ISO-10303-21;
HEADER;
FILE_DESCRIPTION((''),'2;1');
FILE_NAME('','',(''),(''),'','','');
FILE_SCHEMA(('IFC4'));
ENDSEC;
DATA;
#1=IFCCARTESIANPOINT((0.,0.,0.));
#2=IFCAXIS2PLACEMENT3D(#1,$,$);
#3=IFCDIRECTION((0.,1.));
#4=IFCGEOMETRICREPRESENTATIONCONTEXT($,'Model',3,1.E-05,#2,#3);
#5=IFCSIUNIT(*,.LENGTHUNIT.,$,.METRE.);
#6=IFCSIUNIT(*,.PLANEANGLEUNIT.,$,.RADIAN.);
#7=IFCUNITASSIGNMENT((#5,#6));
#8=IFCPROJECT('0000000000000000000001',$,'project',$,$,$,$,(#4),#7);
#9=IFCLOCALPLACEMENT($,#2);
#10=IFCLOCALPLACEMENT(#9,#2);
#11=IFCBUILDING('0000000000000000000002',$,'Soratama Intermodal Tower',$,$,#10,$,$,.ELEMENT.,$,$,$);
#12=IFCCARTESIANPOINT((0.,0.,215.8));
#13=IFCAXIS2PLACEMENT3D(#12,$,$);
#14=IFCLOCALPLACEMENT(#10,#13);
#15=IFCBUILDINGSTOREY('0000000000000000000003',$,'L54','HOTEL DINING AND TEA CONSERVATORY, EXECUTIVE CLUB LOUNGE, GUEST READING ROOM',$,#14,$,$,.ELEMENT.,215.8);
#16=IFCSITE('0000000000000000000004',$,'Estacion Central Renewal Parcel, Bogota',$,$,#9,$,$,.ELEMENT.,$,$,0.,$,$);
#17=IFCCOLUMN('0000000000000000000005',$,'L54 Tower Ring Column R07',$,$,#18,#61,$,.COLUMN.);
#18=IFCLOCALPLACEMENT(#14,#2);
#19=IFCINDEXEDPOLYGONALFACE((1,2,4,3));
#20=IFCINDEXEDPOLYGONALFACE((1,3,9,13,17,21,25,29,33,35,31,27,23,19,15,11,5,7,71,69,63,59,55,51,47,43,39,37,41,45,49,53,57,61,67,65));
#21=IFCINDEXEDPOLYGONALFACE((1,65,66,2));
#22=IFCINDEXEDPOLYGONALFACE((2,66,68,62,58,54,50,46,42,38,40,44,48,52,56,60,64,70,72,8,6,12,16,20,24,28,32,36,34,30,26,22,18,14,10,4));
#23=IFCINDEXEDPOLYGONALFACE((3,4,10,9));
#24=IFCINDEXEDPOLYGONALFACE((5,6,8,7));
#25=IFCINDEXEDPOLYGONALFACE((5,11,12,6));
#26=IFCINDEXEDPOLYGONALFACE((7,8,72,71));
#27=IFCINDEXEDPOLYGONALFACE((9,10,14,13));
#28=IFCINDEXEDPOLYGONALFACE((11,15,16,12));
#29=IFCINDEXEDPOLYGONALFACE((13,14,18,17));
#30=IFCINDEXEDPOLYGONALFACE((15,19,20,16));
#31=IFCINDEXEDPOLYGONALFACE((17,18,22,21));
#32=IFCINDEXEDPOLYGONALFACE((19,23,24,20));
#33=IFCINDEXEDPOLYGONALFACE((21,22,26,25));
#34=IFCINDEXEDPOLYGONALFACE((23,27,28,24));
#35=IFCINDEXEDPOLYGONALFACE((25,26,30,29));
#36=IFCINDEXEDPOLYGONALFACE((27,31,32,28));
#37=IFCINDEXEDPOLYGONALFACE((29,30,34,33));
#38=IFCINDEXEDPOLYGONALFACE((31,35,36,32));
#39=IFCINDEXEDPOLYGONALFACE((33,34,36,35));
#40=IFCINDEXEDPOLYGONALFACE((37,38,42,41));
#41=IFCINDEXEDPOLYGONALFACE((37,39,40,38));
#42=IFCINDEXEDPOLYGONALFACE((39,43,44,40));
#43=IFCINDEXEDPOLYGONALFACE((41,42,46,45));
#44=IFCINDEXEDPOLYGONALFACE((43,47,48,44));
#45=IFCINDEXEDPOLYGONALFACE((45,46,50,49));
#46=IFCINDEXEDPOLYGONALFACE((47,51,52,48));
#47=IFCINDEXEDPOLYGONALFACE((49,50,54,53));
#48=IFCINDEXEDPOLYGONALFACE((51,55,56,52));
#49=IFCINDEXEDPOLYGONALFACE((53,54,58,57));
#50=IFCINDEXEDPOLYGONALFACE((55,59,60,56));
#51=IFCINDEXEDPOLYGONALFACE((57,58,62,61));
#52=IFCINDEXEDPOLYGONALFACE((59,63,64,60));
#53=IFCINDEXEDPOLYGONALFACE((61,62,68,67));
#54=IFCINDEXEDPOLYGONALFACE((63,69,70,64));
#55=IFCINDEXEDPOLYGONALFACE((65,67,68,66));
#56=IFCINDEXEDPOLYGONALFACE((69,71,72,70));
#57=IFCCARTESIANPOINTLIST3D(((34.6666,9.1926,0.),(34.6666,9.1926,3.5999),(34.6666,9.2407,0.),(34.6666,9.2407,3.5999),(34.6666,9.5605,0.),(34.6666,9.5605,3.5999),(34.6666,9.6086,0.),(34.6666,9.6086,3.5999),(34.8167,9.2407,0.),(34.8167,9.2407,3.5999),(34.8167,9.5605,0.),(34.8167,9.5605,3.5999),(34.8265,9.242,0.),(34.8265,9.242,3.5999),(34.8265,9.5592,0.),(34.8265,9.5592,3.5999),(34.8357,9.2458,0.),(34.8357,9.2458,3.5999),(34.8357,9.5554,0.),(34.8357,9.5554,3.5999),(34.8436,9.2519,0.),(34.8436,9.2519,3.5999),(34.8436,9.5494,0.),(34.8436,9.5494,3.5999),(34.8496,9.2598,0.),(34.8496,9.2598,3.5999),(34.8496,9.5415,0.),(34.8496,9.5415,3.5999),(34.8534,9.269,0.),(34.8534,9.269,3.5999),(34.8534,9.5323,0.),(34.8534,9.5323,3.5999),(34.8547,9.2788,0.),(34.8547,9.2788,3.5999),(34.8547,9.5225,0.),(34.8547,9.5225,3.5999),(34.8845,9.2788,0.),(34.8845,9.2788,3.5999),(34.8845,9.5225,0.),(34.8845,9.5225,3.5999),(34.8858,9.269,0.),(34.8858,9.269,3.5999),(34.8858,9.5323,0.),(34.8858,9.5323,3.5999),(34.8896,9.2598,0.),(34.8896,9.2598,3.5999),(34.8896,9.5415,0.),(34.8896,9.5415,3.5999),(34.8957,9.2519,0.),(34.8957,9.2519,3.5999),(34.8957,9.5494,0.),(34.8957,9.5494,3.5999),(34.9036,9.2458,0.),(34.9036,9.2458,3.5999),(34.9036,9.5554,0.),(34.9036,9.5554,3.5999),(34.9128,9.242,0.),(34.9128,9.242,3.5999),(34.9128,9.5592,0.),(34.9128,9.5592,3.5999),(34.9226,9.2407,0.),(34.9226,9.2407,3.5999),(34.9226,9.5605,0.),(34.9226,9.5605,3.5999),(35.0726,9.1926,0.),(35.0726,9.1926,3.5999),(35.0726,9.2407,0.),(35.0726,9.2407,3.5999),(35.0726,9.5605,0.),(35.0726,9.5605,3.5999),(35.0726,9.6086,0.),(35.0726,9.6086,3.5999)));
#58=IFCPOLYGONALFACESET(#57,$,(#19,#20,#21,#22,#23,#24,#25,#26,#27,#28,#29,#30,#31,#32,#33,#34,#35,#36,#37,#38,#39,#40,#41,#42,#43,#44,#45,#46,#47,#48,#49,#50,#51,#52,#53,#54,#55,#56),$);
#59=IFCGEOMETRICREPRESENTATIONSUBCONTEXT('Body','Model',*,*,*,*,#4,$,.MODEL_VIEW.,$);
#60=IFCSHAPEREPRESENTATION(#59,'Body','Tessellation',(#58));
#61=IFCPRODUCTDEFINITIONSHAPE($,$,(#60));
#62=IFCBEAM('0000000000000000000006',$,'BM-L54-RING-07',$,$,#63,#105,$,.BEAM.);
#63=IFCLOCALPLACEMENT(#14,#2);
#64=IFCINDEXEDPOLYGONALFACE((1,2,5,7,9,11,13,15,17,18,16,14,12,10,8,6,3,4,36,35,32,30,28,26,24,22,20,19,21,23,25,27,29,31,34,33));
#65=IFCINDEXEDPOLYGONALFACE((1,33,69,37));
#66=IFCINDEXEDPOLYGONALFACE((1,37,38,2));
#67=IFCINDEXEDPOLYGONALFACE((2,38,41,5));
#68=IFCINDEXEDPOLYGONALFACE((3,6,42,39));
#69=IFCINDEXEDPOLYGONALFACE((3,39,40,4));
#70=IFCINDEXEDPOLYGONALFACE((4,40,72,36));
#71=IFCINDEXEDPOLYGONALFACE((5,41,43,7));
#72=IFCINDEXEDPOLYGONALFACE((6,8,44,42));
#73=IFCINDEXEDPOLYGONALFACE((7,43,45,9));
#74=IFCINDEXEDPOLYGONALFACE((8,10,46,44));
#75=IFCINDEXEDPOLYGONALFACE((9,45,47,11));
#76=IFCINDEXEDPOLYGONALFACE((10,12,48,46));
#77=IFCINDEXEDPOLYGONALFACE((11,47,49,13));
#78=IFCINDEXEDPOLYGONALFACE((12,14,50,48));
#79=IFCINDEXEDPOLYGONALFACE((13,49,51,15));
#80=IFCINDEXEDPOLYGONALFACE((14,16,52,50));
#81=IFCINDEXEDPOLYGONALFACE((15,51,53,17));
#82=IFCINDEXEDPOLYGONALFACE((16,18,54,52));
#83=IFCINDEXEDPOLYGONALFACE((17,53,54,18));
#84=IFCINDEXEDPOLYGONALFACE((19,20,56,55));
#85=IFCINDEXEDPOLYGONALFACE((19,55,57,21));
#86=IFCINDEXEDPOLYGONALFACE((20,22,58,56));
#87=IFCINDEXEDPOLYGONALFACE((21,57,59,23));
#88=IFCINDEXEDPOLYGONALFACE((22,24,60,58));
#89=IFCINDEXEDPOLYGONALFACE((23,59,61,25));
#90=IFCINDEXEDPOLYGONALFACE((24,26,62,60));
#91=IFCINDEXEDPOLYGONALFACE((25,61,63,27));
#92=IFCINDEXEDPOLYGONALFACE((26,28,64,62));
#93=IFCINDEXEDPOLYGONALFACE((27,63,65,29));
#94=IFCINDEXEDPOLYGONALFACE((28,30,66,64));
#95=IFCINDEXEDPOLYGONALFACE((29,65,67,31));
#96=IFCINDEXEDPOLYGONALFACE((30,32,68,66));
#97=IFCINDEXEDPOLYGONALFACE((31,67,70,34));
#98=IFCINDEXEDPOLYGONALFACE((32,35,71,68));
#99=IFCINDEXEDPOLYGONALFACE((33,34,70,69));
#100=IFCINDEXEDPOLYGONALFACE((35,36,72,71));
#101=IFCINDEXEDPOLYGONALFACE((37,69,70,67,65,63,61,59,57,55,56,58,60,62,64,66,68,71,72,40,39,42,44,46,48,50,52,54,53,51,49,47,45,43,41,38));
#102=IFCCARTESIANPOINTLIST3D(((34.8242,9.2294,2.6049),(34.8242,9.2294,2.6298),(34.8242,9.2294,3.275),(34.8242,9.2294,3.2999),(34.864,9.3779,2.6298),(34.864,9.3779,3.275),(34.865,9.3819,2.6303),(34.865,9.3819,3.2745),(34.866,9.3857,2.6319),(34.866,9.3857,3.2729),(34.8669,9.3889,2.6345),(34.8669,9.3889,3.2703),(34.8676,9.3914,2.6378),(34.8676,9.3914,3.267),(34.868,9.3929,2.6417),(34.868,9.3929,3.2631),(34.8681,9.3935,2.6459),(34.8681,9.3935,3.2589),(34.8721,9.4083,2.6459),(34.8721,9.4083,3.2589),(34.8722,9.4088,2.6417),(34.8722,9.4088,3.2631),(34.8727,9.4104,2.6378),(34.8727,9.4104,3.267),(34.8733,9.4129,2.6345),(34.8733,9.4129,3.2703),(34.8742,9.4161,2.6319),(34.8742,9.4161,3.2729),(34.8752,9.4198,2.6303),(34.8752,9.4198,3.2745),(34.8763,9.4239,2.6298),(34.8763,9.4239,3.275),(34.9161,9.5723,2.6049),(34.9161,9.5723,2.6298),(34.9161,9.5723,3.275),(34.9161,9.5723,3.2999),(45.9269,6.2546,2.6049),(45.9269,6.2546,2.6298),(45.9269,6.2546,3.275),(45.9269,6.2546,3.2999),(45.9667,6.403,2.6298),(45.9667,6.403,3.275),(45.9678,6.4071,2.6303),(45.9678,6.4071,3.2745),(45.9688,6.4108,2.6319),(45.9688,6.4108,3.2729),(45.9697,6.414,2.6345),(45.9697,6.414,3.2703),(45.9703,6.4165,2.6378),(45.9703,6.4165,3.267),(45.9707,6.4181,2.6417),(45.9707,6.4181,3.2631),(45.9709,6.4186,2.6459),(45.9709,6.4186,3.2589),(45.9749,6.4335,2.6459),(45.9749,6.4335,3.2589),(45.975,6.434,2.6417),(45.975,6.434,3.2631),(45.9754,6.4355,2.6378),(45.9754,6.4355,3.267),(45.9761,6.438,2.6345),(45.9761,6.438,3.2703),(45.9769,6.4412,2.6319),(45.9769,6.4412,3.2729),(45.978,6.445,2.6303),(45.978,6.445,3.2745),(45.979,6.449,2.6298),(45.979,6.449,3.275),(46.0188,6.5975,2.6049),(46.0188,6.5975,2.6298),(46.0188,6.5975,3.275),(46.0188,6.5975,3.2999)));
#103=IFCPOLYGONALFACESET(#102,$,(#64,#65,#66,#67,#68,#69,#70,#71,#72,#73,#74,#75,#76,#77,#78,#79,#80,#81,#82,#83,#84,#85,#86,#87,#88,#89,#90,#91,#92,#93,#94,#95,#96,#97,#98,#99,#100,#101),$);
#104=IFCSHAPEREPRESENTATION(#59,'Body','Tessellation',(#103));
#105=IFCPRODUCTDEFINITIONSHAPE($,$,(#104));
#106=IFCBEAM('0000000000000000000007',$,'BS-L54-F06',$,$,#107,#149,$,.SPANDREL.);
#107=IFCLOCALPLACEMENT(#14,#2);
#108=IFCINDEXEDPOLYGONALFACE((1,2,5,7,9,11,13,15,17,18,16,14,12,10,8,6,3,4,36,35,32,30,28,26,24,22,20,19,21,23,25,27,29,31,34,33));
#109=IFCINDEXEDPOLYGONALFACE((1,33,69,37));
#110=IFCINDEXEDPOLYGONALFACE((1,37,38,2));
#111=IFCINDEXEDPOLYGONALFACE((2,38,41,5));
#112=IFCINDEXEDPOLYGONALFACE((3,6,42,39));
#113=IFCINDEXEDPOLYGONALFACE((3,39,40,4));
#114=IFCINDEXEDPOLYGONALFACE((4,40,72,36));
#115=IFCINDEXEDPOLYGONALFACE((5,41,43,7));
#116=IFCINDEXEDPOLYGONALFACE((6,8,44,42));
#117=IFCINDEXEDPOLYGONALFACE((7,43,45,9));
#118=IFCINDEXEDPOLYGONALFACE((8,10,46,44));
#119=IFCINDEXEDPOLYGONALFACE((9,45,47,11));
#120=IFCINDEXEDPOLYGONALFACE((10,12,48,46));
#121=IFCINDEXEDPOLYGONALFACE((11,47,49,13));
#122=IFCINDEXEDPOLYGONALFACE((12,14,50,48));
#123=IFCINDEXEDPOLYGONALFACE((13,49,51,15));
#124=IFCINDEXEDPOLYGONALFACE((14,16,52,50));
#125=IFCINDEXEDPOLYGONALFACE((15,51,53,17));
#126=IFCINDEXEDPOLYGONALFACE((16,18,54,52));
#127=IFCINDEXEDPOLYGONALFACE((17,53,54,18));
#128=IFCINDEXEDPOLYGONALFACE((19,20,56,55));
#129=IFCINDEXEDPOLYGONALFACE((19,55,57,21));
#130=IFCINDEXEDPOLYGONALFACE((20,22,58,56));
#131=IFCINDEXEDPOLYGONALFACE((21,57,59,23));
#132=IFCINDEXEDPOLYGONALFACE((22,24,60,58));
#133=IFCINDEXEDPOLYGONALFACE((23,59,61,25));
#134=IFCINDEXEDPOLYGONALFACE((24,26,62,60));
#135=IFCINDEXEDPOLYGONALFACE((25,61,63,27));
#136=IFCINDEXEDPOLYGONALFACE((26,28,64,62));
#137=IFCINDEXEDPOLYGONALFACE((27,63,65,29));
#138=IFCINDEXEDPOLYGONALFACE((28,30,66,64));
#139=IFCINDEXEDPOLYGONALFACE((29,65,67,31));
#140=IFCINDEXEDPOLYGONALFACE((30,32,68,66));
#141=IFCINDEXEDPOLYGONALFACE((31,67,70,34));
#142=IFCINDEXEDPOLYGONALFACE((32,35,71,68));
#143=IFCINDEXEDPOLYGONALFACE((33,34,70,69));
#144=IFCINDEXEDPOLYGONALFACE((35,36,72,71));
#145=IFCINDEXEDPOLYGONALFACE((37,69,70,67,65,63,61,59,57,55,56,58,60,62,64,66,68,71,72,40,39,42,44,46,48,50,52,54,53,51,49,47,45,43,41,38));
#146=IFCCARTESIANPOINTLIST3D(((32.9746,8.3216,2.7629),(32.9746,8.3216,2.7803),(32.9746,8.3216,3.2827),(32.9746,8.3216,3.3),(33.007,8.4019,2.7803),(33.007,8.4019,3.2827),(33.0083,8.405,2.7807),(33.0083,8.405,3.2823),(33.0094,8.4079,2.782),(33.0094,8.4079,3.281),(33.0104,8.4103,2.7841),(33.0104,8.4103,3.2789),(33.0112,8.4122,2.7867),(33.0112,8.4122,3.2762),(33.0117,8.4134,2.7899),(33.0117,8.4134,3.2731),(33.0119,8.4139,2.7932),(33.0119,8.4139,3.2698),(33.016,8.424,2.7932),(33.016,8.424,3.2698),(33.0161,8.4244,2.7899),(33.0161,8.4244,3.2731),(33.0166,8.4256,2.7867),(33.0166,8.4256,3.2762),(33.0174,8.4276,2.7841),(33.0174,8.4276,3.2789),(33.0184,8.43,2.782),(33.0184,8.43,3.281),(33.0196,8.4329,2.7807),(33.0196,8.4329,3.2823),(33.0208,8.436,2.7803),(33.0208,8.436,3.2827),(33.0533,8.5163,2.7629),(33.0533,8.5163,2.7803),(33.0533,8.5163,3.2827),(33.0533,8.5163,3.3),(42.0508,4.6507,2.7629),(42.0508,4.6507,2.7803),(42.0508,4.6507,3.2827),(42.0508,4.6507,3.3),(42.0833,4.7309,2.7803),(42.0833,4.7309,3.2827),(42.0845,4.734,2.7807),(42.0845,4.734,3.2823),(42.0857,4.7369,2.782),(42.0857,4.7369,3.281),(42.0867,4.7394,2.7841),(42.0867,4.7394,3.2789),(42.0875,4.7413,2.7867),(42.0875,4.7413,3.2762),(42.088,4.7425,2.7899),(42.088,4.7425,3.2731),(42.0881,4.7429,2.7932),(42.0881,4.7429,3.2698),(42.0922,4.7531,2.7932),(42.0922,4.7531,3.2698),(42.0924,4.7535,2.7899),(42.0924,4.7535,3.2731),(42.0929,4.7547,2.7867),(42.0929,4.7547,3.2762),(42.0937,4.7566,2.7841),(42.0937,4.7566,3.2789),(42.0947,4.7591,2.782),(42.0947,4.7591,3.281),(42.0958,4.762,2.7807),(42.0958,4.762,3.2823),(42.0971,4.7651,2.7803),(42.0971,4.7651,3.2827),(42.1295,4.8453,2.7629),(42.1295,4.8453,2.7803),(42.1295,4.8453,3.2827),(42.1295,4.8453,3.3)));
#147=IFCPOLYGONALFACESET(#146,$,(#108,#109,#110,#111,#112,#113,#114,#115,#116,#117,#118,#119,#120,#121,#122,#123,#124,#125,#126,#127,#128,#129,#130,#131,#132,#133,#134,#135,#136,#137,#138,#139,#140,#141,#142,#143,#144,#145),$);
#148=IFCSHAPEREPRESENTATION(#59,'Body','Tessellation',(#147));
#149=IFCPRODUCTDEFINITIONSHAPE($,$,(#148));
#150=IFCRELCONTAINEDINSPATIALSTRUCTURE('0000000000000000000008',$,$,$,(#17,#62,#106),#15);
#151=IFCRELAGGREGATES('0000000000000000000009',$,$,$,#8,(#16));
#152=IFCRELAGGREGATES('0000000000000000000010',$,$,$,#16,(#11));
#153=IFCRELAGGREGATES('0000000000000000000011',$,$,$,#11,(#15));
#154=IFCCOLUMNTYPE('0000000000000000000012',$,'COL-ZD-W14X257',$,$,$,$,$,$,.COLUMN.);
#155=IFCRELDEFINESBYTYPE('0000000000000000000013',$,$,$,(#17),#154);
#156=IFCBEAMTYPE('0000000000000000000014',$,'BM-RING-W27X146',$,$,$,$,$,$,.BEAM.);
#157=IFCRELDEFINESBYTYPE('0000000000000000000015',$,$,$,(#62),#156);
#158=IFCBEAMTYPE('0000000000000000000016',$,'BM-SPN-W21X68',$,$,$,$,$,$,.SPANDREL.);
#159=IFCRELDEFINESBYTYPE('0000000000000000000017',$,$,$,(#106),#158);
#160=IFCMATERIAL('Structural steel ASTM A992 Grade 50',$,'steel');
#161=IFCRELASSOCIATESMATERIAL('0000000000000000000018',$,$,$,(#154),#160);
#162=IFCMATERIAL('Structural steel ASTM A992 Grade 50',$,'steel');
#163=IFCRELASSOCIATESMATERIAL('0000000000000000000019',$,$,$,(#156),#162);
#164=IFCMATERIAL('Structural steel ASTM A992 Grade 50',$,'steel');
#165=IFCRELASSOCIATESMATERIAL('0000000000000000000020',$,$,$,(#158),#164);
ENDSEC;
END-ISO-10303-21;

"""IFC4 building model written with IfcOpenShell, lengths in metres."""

from ifc_helpers import new_model, si_unit, direction, frame, origin, origin_2d, place, context, subcontext, project, spatial, i_section, extrude, material, material_profile, profile_set, type_object, element, save


model = new_model("IFC4")

# Units and contexts
model_context = context("Model", 3, precision=1e-05, world=origin(), true_north=direction((0.0, 1.0)))
body_context = subcontext(model_context, "Body", "Model", "MODEL_VIEW")
ifc_project = project(units=[si_unit("LENGTHUNIT", "METRE"), si_unit("PLANEANGLEUNIT", "RADIAN")], contexts=[model_context])

# Site, building, storey
site_placement = place(None, origin())
site = spatial("IfcSite", under=ifc_project, at=site_placement, Name="Estacion Central Renewal Parcel, Bogota", CompositionType="ELEMENT", RefElevation=0.0)
building_placement = place(site_placement, origin())
building = spatial("IfcBuilding", under=site, at=building_placement, Name="Soratama Intermodal Tower", CompositionType="ELEMENT")
storey_placement = place(building_placement, frame((0.0, 0.0, 215.8)))
storey = spatial("IfcBuildingStorey", under=building, at=storey_placement, Name="L54", Description="HOTEL DINING AND TEA CONSERVATORY, EXECUTIVE CLUB LOUNGE, GUEST READING ROOM", CompositionType="ELEMENT", Elevation=215.8)

# Column
ifc_material_1 = material(Name="Structural steel ASTM A992 Grade 50", Category="steel")
ifc_material_profile_1 = material_profile(ifc_material_1, i_section(OverallWidth=0.406, OverallDepth=0.416, WebThickness=0.0298, FlangeThickness=0.0481, FilletRadius=0.0381, at=origin_2d()), Name="W14X257")
ifc_profile_set_1 = profile_set([ifc_material_profile_1], Name="Structural steel ASTM A992 Grade 50")
column_type = type_object("IfcColumnType", Name="COL-ZD-W14X257", PredefinedType="COLUMN", material=ifc_profile_set_1)
column_placement = place(storey_placement, frame((34.8696, 9.4006, 0.0), z_axis=(0.0, 0.0, 1.0), x_axis=(1.0, 0.0, 0.0)))
element("IfcColumn", 1, at=column_placement, inside=storey, type_object=column_type, Name="L54 Tower Ring Column R07", PredefinedType="COLUMN", context=body_context, shape_type="SweptSolid", body=[
    extrude(i_section(OverallWidth=0.406, OverallDepth=0.416, WebThickness=0.0298, FlangeThickness=0.0481, FilletRadius=0.0381, at=origin_2d()), origin(), (0.0, 0.0, 1.0), 3.5999),
])

# Beams
ifc_material_2 = material(Name="Structural steel ASTM A992 Grade 50", Category="steel")
ifc_material_profile_2 = material_profile(ifc_material_2, i_section(OverallWidth=0.355, OverallDepth=0.6951, WebThickness=0.0154, FlangeThickness=0.0249, FilletRadius=0.0161, at=origin_2d()), Name="W27X146")
ifc_profile_set_2 = profile_set([ifc_material_profile_2], Name="Structural steel ASTM A992 Grade 50")
beam_type_1 = type_object("IfcBeamType", Name="BM-RING-W27X146", PredefinedType="BEAM", material=ifc_profile_set_2)
beam_1_placement = place(storey_placement, frame((34.8701, 9.4009, 2.9524), z_axis=(0.965929, -0.258809, 0.0), x_axis=(0.258809, 0.965929, 0.0)))
element("IfcBeam", 2, at=beam_1_placement, inside=storey, type_object=beam_type_1, Name="BM-L54-RING-07", PredefinedType="BEAM", context=body_context, shape_type="SweptSolid", body=[
    extrude(i_section(OverallWidth=0.355, OverallDepth=0.6951, WebThickness=0.0154, FlangeThickness=0.0249, FilletRadius=0.0161, at=origin_2d()), origin(), (0.0, 0.0, 1.0), 11.4944),
])
ifc_material_3 = material(Name="Structural steel ASTM A992 Grade 50", Category="steel")
ifc_material_profile_3 = material_profile(ifc_material_3, i_section(OverallWidth=0.21, OverallDepth=0.5371, WebThickness=0.011, FlangeThickness=0.0173, FilletRadius=0.0129, at=origin_2d()), Name="W21X68")
ifc_profile_set_3 = profile_set([ifc_material_profile_3], Name="Structural steel ASTM A992 Grade 50")
beam_type_2 = type_object("IfcBeamType", Name="BM-SPN-W21X68", PredefinedType="SPANDREL", material=ifc_profile_set_3)
beam_2_placement = place(storey_placement, frame((33.0139, 8.4189, 3.0315), z_axis=(0.927046, -0.374948, 0.0), x_axis=(0.374948, 0.927046, 0.0)))
element("IfcBeam", 3, at=beam_2_placement, inside=storey, type_object=beam_type_2, Name="BS-L54-F06", PredefinedType="SPANDREL", context=body_context, shape_type="SweptSolid", body=[
    extrude(i_section(OverallWidth=0.21, OverallDepth=0.5371, WebThickness=0.011, FlangeThickness=0.0173, FilletRadius=0.0129, at=origin_2d()), origin(), (0.0, 0.0, 1.0), 9.7905),
])

save(model, "model.ifc")
